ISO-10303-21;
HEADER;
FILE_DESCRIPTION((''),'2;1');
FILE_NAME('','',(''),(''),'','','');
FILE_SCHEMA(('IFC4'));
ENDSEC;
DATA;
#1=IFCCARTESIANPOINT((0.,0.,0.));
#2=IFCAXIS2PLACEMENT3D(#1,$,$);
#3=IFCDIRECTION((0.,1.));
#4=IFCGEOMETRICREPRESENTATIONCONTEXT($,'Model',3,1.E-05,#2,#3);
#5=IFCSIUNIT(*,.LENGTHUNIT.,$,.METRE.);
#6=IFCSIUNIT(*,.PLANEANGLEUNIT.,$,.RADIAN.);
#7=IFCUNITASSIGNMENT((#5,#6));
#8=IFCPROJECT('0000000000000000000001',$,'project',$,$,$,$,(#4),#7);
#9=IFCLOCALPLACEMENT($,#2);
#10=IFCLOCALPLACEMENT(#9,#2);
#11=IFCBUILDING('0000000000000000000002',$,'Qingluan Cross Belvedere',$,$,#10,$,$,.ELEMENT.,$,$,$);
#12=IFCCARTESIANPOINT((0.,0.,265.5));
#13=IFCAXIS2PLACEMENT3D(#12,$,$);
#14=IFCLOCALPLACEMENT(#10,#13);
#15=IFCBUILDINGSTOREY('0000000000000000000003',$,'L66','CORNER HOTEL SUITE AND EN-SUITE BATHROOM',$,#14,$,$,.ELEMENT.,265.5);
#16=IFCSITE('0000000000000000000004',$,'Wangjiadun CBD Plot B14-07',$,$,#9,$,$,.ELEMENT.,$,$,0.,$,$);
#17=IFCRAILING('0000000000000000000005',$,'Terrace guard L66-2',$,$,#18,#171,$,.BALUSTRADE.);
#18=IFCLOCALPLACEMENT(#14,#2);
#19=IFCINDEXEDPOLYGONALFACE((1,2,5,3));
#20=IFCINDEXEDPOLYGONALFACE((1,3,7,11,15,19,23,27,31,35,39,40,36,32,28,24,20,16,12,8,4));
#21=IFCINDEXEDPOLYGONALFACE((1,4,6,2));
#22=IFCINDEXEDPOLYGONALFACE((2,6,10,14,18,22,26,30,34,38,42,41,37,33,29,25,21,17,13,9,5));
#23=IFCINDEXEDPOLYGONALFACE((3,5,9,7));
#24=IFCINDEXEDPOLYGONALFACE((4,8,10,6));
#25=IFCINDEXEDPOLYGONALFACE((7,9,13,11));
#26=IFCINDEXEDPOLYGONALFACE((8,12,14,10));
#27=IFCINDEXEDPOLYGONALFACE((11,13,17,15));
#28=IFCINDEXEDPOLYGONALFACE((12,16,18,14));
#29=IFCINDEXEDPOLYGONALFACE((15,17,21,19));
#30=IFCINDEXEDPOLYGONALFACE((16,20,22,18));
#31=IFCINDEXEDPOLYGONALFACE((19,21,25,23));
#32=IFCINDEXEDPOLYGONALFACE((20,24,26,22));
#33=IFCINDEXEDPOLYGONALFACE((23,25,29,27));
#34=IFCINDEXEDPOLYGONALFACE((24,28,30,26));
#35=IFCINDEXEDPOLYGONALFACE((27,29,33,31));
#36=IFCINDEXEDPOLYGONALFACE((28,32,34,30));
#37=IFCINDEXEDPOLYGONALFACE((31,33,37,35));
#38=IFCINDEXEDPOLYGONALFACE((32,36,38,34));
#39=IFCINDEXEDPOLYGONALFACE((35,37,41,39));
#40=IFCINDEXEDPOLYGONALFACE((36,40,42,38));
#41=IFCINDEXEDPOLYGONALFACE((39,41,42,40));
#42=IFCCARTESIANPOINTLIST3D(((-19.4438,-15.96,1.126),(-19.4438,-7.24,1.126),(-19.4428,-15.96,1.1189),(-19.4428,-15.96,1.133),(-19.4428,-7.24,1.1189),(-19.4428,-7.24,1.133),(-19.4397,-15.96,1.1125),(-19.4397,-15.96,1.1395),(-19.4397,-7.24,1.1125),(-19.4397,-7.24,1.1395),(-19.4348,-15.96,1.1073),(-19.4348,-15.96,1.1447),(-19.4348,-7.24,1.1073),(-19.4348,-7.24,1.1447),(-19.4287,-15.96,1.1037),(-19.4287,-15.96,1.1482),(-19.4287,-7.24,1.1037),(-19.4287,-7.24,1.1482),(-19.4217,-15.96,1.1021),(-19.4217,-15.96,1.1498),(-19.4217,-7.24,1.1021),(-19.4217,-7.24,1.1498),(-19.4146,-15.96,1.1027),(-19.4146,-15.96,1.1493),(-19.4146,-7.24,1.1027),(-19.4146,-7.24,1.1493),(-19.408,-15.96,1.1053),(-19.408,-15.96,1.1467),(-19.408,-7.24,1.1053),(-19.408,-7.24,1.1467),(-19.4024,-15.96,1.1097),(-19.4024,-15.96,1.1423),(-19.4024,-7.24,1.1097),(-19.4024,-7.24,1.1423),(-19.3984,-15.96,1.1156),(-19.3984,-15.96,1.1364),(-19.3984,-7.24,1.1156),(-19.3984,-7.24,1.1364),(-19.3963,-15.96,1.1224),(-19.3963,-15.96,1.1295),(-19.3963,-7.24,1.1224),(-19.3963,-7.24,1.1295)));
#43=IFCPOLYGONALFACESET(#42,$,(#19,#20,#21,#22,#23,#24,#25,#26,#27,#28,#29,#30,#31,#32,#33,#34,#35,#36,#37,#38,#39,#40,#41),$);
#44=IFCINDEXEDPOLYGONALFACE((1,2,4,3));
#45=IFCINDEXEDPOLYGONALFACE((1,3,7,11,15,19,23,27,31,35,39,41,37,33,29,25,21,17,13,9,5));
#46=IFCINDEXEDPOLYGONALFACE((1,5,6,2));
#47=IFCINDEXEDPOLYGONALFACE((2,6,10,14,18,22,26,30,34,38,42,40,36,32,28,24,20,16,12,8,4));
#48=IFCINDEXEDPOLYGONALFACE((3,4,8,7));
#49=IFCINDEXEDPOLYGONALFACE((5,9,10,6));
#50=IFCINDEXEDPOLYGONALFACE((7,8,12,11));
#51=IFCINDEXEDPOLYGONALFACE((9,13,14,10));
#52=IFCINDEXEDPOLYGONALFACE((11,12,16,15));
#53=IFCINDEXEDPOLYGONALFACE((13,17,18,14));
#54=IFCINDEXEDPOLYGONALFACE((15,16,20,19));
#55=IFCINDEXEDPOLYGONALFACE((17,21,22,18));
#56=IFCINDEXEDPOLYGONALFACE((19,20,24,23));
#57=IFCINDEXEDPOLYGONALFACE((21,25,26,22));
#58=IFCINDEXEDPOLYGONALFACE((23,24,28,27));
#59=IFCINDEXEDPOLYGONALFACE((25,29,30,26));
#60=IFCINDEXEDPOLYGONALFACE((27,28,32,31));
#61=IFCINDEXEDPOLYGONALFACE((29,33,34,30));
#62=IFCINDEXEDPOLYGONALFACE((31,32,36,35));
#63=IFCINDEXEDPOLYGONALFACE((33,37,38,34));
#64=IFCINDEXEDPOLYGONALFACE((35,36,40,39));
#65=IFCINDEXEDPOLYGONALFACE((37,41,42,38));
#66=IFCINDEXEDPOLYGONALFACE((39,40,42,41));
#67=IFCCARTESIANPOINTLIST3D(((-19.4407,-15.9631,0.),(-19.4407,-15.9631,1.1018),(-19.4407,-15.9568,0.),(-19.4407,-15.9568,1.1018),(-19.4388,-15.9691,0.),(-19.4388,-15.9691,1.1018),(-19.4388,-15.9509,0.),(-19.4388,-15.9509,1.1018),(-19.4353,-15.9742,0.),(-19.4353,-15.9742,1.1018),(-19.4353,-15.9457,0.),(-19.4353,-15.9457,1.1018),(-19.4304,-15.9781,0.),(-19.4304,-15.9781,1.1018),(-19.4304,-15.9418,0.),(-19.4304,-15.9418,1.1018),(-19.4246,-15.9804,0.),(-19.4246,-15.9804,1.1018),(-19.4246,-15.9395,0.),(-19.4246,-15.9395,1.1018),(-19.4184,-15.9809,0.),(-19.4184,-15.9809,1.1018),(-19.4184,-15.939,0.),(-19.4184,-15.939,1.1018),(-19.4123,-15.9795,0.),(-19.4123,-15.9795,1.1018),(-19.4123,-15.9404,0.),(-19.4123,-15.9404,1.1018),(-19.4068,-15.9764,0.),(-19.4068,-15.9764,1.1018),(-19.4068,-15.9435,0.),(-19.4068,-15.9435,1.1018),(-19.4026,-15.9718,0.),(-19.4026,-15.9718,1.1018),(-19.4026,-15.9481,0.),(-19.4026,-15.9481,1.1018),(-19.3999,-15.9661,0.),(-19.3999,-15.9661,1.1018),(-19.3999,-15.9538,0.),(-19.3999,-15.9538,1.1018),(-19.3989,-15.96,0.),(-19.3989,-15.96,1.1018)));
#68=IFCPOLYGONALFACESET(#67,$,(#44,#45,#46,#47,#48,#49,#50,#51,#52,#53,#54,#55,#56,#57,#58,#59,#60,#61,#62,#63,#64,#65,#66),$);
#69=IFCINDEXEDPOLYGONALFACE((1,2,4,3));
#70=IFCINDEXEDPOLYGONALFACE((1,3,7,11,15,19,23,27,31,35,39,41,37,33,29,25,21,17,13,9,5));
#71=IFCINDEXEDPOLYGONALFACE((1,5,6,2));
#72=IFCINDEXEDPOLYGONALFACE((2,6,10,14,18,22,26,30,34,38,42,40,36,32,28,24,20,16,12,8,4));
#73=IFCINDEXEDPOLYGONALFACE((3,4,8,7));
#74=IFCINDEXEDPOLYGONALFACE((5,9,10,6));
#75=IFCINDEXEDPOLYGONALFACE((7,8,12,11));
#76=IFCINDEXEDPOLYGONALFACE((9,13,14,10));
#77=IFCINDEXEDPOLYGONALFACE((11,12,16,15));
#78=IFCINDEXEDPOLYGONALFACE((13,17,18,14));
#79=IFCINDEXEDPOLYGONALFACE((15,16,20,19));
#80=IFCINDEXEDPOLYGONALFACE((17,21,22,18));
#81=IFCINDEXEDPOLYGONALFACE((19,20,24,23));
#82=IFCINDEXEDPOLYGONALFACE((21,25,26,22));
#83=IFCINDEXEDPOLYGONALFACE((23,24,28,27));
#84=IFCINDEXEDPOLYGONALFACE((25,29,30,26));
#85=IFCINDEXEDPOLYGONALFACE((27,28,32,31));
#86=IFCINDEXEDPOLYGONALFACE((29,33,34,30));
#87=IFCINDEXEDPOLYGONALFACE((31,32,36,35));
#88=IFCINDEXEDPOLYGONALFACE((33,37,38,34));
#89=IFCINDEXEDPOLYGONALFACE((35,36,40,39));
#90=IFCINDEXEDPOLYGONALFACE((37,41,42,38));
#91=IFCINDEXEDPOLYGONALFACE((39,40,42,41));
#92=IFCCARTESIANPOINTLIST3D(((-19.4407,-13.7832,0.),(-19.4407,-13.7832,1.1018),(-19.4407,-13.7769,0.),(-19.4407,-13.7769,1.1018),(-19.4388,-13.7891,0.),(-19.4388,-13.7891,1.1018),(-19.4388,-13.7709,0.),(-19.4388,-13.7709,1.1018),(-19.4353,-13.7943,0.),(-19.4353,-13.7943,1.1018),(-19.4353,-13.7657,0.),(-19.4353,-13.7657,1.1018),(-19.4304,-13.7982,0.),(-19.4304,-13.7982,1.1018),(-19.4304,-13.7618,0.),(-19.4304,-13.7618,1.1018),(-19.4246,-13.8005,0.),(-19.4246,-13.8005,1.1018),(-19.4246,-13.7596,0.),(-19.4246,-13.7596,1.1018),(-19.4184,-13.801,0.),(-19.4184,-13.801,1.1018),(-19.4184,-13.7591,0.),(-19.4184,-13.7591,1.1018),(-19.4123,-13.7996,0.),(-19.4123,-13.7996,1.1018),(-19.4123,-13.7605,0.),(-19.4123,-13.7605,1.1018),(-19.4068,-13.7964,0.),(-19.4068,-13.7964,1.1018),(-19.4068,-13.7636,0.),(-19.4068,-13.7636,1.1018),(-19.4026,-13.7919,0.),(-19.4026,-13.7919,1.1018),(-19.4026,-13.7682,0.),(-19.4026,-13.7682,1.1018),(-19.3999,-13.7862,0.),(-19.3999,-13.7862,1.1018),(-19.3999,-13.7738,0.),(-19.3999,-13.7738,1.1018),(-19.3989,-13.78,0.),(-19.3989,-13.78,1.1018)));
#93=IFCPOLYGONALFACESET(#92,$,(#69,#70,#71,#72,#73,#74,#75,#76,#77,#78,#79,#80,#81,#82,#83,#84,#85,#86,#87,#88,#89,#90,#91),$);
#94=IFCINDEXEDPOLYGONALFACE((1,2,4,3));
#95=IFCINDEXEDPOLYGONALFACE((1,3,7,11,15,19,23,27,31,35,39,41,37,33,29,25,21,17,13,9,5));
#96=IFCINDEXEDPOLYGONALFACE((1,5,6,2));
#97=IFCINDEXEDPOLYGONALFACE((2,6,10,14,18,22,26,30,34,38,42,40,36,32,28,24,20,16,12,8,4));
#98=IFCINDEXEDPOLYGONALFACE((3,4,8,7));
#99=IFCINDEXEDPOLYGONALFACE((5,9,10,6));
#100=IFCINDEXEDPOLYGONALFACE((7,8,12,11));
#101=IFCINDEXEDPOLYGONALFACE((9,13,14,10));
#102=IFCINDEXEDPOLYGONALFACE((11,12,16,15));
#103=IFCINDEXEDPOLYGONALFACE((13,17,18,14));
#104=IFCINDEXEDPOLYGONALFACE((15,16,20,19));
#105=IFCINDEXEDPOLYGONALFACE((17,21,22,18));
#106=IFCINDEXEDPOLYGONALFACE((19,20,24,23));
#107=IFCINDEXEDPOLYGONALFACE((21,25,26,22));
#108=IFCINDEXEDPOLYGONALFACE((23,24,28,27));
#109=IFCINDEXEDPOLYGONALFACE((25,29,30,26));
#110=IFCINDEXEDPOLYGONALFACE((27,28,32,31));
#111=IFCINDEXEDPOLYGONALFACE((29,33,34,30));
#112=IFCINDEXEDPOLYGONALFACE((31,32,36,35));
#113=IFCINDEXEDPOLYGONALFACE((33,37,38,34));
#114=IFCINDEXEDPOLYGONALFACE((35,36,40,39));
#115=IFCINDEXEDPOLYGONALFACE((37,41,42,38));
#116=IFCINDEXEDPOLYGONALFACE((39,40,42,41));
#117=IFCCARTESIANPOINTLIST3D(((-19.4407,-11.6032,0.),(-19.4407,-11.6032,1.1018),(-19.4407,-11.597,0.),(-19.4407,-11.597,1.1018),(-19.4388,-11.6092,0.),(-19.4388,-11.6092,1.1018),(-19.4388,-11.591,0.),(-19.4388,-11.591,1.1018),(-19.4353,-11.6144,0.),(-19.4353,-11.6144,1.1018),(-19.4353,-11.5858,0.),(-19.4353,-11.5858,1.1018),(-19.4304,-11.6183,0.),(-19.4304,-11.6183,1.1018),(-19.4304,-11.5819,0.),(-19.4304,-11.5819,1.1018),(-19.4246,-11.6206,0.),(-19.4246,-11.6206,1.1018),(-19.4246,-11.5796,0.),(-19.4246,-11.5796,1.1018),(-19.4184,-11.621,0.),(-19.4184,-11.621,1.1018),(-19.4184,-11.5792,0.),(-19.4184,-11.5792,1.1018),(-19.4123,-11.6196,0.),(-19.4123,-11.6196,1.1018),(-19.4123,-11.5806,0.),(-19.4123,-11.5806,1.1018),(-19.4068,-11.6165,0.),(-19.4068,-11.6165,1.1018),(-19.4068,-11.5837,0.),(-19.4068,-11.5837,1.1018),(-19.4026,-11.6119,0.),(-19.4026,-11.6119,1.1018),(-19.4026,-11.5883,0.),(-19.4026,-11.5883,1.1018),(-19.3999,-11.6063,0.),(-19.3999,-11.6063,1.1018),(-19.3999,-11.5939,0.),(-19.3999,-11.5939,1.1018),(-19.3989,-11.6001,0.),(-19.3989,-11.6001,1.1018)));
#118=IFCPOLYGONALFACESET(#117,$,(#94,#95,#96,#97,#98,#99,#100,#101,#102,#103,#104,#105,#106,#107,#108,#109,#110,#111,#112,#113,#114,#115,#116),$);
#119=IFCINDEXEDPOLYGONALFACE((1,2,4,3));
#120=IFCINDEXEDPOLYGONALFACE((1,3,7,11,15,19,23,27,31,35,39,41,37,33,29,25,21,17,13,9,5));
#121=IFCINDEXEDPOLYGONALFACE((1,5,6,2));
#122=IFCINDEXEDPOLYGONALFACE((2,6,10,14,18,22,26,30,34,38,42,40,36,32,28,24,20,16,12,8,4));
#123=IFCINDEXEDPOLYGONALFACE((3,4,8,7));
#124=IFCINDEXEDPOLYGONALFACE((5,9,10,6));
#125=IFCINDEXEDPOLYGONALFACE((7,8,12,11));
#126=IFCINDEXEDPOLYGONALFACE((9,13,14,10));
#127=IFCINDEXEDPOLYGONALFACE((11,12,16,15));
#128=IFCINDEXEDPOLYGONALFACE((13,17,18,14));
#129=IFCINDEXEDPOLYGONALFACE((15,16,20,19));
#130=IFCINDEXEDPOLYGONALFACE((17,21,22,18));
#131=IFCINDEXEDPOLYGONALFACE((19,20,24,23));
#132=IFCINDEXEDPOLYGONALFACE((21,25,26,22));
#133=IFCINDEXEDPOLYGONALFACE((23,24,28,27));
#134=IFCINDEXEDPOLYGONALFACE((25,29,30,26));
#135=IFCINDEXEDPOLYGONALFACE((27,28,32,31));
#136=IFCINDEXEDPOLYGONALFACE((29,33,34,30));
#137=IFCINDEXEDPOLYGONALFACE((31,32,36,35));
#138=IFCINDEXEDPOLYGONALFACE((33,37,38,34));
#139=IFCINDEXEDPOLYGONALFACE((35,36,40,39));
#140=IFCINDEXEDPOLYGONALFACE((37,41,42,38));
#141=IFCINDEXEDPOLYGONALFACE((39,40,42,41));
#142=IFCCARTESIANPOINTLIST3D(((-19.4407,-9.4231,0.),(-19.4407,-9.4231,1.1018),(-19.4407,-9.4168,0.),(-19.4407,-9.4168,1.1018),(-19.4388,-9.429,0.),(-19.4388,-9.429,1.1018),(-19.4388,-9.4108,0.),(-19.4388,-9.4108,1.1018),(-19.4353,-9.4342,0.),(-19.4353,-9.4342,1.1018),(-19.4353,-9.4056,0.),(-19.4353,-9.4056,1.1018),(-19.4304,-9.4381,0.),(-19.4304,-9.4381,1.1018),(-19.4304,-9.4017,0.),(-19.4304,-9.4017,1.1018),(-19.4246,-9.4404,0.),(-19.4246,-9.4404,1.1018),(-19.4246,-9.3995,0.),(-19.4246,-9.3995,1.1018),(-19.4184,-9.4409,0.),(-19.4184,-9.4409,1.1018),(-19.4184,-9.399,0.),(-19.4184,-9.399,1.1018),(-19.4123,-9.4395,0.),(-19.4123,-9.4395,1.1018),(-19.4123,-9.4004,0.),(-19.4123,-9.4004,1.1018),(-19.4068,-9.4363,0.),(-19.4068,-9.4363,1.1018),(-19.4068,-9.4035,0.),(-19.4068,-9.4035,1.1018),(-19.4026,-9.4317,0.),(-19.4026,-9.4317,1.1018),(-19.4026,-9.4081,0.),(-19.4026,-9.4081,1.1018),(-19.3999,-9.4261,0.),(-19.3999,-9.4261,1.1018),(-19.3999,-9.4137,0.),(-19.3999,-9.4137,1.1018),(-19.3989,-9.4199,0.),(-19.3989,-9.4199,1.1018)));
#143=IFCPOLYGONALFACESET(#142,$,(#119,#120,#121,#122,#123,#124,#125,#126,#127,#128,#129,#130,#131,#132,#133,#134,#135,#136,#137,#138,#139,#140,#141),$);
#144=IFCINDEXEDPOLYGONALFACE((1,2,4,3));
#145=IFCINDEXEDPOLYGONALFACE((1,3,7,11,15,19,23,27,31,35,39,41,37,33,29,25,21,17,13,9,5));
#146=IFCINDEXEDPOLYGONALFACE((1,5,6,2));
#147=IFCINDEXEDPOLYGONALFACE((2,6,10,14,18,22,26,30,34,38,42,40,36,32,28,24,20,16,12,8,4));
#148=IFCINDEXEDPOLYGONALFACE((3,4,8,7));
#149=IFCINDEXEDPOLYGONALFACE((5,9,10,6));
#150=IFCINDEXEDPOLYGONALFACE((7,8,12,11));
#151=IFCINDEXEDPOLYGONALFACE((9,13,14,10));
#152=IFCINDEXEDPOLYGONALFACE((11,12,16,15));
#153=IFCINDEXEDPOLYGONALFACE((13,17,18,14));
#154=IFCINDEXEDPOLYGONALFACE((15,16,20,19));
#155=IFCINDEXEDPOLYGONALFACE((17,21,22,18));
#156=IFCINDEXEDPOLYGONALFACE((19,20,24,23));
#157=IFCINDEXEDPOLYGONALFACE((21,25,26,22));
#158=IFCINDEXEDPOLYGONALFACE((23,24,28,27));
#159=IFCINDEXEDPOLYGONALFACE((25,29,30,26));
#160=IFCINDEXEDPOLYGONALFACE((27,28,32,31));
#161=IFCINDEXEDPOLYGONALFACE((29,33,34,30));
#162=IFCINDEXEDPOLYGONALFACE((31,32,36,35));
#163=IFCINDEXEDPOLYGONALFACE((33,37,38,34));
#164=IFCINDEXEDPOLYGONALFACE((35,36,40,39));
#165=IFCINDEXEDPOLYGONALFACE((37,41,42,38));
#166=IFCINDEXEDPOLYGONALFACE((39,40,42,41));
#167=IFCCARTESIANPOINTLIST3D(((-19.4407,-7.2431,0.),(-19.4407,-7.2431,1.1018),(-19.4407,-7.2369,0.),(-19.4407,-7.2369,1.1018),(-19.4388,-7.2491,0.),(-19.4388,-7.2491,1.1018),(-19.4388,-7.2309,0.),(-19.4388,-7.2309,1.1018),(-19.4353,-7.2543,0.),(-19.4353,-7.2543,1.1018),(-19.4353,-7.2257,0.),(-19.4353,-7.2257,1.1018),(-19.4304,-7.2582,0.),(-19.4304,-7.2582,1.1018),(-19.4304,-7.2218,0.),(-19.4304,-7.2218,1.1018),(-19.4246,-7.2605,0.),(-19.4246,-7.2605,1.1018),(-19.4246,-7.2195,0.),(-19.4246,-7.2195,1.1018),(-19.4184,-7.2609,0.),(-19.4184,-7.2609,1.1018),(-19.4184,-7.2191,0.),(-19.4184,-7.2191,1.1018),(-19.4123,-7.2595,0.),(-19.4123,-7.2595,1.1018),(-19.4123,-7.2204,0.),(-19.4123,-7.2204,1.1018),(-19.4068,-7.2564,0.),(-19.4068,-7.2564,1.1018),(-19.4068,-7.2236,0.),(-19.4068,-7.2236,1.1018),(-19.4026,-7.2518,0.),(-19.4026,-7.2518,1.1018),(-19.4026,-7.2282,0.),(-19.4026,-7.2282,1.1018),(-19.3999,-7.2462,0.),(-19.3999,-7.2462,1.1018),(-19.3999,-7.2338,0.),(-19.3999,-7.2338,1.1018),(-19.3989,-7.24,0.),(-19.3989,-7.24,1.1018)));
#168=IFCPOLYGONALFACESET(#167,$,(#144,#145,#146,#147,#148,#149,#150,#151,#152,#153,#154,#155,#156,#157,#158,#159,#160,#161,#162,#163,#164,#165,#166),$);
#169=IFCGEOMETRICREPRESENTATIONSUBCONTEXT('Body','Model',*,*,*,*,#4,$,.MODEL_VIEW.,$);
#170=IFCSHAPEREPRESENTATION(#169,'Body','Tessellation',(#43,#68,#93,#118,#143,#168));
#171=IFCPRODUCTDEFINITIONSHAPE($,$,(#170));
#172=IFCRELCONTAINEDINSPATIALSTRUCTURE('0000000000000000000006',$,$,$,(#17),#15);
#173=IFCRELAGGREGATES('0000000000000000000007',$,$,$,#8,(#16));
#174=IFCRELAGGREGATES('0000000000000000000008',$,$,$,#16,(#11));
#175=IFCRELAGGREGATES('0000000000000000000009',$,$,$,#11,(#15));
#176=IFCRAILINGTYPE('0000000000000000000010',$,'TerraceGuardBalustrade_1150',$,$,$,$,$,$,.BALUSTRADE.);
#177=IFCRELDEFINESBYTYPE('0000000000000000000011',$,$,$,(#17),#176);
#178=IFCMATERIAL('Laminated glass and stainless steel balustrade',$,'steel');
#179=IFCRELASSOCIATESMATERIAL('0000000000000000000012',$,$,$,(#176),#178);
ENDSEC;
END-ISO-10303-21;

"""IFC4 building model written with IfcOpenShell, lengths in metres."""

from ifc_helpers import new_model, si_unit, direction, frame, origin, origin_2d, place, context, subcontext, project, spatial, circle, extrude, material, type_object, element, save


model = new_model("IFC4")

# Units and contexts
model_context = context("Model", 3, precision=1e-05, world=origin(), true_north=direction((0.0, 1.0)))
body_context = subcontext(model_context, "Body", "Model", "MODEL_VIEW")
ifc_project = project(units=[si_unit("LENGTHUNIT", "METRE"), si_unit("PLANEANGLEUNIT", "RADIAN")], contexts=[model_context])

# Site, building, storey
site_placement = place(None, origin())
site = spatial("IfcSite", under=ifc_project, at=site_placement, Name="Wangjiadun CBD Plot B14-07", CompositionType="ELEMENT", RefElevation=0.0)
building_placement = place(site_placement, origin())
building = spatial("IfcBuilding", under=site, at=building_placement, Name="Qingluan Cross Belvedere", CompositionType="ELEMENT")
storey_placement = place(building_placement, frame((0.0, 0.0, 265.5)))
storey = spatial("IfcBuildingStorey", under=building, at=storey_placement, Name="L66", Description="CORNER HOTEL SUITE AND EN-SUITE BATHROOM", CompositionType="ELEMENT", Elevation=265.5)

# Railing
ifc_material_1 = material(Name="Laminated glass and stainless steel balustrade", Category="steel")
railing_type = type_object("IfcRailingType", Name="TerraceGuardBalustrade_1150", PredefinedType="BALUSTRADE", material=ifc_material_1)
railing_1_placement = place(storey_placement, frame((-19.4199, -15.96, 0.0)))
element("IfcRailing", 1, at=railing_1_placement, inside=storey, type_object=railing_type, Name="Terrace guard L66-2", PredefinedType="BALUSTRADE", context=body_context, shape_type="SweptSolid", body=[
    extrude(circle(Radius=0.0239, at=origin_2d()), frame((0.0, 0.0, 1.126), z_axis=(0.0, 1.0, 0.0), x_axis=(-1.0, 0.0, 0.0)), (0.0, 0.0, 1.0), 8.72),
    extrude(circle(Radius=0.021, at=origin_2d()), origin(), (0.0, 0.0, 1.0), 1.1018),
    extrude(circle(Radius=0.021, at=origin_2d()), frame((0.0, 2.1799, 0.0)), (0.0, 0.0, 1.0), 1.1018),
    extrude(circle(Radius=0.021, at=origin_2d()), frame((0.0, 4.3599, 0.0)), (0.0, 0.0, 1.0), 1.1018),
    extrude(circle(Radius=0.021, at=origin_2d()), frame((0.0, 6.54, 0.0)), (0.0, 0.0, 1.0), 1.1018),
    extrude(circle(Radius=0.021, at=origin_2d()), frame((0.0, 8.72, 0.0)), (0.0, 0.0, 1.0), 1.1018),
])

save(model, "model.ifc")
